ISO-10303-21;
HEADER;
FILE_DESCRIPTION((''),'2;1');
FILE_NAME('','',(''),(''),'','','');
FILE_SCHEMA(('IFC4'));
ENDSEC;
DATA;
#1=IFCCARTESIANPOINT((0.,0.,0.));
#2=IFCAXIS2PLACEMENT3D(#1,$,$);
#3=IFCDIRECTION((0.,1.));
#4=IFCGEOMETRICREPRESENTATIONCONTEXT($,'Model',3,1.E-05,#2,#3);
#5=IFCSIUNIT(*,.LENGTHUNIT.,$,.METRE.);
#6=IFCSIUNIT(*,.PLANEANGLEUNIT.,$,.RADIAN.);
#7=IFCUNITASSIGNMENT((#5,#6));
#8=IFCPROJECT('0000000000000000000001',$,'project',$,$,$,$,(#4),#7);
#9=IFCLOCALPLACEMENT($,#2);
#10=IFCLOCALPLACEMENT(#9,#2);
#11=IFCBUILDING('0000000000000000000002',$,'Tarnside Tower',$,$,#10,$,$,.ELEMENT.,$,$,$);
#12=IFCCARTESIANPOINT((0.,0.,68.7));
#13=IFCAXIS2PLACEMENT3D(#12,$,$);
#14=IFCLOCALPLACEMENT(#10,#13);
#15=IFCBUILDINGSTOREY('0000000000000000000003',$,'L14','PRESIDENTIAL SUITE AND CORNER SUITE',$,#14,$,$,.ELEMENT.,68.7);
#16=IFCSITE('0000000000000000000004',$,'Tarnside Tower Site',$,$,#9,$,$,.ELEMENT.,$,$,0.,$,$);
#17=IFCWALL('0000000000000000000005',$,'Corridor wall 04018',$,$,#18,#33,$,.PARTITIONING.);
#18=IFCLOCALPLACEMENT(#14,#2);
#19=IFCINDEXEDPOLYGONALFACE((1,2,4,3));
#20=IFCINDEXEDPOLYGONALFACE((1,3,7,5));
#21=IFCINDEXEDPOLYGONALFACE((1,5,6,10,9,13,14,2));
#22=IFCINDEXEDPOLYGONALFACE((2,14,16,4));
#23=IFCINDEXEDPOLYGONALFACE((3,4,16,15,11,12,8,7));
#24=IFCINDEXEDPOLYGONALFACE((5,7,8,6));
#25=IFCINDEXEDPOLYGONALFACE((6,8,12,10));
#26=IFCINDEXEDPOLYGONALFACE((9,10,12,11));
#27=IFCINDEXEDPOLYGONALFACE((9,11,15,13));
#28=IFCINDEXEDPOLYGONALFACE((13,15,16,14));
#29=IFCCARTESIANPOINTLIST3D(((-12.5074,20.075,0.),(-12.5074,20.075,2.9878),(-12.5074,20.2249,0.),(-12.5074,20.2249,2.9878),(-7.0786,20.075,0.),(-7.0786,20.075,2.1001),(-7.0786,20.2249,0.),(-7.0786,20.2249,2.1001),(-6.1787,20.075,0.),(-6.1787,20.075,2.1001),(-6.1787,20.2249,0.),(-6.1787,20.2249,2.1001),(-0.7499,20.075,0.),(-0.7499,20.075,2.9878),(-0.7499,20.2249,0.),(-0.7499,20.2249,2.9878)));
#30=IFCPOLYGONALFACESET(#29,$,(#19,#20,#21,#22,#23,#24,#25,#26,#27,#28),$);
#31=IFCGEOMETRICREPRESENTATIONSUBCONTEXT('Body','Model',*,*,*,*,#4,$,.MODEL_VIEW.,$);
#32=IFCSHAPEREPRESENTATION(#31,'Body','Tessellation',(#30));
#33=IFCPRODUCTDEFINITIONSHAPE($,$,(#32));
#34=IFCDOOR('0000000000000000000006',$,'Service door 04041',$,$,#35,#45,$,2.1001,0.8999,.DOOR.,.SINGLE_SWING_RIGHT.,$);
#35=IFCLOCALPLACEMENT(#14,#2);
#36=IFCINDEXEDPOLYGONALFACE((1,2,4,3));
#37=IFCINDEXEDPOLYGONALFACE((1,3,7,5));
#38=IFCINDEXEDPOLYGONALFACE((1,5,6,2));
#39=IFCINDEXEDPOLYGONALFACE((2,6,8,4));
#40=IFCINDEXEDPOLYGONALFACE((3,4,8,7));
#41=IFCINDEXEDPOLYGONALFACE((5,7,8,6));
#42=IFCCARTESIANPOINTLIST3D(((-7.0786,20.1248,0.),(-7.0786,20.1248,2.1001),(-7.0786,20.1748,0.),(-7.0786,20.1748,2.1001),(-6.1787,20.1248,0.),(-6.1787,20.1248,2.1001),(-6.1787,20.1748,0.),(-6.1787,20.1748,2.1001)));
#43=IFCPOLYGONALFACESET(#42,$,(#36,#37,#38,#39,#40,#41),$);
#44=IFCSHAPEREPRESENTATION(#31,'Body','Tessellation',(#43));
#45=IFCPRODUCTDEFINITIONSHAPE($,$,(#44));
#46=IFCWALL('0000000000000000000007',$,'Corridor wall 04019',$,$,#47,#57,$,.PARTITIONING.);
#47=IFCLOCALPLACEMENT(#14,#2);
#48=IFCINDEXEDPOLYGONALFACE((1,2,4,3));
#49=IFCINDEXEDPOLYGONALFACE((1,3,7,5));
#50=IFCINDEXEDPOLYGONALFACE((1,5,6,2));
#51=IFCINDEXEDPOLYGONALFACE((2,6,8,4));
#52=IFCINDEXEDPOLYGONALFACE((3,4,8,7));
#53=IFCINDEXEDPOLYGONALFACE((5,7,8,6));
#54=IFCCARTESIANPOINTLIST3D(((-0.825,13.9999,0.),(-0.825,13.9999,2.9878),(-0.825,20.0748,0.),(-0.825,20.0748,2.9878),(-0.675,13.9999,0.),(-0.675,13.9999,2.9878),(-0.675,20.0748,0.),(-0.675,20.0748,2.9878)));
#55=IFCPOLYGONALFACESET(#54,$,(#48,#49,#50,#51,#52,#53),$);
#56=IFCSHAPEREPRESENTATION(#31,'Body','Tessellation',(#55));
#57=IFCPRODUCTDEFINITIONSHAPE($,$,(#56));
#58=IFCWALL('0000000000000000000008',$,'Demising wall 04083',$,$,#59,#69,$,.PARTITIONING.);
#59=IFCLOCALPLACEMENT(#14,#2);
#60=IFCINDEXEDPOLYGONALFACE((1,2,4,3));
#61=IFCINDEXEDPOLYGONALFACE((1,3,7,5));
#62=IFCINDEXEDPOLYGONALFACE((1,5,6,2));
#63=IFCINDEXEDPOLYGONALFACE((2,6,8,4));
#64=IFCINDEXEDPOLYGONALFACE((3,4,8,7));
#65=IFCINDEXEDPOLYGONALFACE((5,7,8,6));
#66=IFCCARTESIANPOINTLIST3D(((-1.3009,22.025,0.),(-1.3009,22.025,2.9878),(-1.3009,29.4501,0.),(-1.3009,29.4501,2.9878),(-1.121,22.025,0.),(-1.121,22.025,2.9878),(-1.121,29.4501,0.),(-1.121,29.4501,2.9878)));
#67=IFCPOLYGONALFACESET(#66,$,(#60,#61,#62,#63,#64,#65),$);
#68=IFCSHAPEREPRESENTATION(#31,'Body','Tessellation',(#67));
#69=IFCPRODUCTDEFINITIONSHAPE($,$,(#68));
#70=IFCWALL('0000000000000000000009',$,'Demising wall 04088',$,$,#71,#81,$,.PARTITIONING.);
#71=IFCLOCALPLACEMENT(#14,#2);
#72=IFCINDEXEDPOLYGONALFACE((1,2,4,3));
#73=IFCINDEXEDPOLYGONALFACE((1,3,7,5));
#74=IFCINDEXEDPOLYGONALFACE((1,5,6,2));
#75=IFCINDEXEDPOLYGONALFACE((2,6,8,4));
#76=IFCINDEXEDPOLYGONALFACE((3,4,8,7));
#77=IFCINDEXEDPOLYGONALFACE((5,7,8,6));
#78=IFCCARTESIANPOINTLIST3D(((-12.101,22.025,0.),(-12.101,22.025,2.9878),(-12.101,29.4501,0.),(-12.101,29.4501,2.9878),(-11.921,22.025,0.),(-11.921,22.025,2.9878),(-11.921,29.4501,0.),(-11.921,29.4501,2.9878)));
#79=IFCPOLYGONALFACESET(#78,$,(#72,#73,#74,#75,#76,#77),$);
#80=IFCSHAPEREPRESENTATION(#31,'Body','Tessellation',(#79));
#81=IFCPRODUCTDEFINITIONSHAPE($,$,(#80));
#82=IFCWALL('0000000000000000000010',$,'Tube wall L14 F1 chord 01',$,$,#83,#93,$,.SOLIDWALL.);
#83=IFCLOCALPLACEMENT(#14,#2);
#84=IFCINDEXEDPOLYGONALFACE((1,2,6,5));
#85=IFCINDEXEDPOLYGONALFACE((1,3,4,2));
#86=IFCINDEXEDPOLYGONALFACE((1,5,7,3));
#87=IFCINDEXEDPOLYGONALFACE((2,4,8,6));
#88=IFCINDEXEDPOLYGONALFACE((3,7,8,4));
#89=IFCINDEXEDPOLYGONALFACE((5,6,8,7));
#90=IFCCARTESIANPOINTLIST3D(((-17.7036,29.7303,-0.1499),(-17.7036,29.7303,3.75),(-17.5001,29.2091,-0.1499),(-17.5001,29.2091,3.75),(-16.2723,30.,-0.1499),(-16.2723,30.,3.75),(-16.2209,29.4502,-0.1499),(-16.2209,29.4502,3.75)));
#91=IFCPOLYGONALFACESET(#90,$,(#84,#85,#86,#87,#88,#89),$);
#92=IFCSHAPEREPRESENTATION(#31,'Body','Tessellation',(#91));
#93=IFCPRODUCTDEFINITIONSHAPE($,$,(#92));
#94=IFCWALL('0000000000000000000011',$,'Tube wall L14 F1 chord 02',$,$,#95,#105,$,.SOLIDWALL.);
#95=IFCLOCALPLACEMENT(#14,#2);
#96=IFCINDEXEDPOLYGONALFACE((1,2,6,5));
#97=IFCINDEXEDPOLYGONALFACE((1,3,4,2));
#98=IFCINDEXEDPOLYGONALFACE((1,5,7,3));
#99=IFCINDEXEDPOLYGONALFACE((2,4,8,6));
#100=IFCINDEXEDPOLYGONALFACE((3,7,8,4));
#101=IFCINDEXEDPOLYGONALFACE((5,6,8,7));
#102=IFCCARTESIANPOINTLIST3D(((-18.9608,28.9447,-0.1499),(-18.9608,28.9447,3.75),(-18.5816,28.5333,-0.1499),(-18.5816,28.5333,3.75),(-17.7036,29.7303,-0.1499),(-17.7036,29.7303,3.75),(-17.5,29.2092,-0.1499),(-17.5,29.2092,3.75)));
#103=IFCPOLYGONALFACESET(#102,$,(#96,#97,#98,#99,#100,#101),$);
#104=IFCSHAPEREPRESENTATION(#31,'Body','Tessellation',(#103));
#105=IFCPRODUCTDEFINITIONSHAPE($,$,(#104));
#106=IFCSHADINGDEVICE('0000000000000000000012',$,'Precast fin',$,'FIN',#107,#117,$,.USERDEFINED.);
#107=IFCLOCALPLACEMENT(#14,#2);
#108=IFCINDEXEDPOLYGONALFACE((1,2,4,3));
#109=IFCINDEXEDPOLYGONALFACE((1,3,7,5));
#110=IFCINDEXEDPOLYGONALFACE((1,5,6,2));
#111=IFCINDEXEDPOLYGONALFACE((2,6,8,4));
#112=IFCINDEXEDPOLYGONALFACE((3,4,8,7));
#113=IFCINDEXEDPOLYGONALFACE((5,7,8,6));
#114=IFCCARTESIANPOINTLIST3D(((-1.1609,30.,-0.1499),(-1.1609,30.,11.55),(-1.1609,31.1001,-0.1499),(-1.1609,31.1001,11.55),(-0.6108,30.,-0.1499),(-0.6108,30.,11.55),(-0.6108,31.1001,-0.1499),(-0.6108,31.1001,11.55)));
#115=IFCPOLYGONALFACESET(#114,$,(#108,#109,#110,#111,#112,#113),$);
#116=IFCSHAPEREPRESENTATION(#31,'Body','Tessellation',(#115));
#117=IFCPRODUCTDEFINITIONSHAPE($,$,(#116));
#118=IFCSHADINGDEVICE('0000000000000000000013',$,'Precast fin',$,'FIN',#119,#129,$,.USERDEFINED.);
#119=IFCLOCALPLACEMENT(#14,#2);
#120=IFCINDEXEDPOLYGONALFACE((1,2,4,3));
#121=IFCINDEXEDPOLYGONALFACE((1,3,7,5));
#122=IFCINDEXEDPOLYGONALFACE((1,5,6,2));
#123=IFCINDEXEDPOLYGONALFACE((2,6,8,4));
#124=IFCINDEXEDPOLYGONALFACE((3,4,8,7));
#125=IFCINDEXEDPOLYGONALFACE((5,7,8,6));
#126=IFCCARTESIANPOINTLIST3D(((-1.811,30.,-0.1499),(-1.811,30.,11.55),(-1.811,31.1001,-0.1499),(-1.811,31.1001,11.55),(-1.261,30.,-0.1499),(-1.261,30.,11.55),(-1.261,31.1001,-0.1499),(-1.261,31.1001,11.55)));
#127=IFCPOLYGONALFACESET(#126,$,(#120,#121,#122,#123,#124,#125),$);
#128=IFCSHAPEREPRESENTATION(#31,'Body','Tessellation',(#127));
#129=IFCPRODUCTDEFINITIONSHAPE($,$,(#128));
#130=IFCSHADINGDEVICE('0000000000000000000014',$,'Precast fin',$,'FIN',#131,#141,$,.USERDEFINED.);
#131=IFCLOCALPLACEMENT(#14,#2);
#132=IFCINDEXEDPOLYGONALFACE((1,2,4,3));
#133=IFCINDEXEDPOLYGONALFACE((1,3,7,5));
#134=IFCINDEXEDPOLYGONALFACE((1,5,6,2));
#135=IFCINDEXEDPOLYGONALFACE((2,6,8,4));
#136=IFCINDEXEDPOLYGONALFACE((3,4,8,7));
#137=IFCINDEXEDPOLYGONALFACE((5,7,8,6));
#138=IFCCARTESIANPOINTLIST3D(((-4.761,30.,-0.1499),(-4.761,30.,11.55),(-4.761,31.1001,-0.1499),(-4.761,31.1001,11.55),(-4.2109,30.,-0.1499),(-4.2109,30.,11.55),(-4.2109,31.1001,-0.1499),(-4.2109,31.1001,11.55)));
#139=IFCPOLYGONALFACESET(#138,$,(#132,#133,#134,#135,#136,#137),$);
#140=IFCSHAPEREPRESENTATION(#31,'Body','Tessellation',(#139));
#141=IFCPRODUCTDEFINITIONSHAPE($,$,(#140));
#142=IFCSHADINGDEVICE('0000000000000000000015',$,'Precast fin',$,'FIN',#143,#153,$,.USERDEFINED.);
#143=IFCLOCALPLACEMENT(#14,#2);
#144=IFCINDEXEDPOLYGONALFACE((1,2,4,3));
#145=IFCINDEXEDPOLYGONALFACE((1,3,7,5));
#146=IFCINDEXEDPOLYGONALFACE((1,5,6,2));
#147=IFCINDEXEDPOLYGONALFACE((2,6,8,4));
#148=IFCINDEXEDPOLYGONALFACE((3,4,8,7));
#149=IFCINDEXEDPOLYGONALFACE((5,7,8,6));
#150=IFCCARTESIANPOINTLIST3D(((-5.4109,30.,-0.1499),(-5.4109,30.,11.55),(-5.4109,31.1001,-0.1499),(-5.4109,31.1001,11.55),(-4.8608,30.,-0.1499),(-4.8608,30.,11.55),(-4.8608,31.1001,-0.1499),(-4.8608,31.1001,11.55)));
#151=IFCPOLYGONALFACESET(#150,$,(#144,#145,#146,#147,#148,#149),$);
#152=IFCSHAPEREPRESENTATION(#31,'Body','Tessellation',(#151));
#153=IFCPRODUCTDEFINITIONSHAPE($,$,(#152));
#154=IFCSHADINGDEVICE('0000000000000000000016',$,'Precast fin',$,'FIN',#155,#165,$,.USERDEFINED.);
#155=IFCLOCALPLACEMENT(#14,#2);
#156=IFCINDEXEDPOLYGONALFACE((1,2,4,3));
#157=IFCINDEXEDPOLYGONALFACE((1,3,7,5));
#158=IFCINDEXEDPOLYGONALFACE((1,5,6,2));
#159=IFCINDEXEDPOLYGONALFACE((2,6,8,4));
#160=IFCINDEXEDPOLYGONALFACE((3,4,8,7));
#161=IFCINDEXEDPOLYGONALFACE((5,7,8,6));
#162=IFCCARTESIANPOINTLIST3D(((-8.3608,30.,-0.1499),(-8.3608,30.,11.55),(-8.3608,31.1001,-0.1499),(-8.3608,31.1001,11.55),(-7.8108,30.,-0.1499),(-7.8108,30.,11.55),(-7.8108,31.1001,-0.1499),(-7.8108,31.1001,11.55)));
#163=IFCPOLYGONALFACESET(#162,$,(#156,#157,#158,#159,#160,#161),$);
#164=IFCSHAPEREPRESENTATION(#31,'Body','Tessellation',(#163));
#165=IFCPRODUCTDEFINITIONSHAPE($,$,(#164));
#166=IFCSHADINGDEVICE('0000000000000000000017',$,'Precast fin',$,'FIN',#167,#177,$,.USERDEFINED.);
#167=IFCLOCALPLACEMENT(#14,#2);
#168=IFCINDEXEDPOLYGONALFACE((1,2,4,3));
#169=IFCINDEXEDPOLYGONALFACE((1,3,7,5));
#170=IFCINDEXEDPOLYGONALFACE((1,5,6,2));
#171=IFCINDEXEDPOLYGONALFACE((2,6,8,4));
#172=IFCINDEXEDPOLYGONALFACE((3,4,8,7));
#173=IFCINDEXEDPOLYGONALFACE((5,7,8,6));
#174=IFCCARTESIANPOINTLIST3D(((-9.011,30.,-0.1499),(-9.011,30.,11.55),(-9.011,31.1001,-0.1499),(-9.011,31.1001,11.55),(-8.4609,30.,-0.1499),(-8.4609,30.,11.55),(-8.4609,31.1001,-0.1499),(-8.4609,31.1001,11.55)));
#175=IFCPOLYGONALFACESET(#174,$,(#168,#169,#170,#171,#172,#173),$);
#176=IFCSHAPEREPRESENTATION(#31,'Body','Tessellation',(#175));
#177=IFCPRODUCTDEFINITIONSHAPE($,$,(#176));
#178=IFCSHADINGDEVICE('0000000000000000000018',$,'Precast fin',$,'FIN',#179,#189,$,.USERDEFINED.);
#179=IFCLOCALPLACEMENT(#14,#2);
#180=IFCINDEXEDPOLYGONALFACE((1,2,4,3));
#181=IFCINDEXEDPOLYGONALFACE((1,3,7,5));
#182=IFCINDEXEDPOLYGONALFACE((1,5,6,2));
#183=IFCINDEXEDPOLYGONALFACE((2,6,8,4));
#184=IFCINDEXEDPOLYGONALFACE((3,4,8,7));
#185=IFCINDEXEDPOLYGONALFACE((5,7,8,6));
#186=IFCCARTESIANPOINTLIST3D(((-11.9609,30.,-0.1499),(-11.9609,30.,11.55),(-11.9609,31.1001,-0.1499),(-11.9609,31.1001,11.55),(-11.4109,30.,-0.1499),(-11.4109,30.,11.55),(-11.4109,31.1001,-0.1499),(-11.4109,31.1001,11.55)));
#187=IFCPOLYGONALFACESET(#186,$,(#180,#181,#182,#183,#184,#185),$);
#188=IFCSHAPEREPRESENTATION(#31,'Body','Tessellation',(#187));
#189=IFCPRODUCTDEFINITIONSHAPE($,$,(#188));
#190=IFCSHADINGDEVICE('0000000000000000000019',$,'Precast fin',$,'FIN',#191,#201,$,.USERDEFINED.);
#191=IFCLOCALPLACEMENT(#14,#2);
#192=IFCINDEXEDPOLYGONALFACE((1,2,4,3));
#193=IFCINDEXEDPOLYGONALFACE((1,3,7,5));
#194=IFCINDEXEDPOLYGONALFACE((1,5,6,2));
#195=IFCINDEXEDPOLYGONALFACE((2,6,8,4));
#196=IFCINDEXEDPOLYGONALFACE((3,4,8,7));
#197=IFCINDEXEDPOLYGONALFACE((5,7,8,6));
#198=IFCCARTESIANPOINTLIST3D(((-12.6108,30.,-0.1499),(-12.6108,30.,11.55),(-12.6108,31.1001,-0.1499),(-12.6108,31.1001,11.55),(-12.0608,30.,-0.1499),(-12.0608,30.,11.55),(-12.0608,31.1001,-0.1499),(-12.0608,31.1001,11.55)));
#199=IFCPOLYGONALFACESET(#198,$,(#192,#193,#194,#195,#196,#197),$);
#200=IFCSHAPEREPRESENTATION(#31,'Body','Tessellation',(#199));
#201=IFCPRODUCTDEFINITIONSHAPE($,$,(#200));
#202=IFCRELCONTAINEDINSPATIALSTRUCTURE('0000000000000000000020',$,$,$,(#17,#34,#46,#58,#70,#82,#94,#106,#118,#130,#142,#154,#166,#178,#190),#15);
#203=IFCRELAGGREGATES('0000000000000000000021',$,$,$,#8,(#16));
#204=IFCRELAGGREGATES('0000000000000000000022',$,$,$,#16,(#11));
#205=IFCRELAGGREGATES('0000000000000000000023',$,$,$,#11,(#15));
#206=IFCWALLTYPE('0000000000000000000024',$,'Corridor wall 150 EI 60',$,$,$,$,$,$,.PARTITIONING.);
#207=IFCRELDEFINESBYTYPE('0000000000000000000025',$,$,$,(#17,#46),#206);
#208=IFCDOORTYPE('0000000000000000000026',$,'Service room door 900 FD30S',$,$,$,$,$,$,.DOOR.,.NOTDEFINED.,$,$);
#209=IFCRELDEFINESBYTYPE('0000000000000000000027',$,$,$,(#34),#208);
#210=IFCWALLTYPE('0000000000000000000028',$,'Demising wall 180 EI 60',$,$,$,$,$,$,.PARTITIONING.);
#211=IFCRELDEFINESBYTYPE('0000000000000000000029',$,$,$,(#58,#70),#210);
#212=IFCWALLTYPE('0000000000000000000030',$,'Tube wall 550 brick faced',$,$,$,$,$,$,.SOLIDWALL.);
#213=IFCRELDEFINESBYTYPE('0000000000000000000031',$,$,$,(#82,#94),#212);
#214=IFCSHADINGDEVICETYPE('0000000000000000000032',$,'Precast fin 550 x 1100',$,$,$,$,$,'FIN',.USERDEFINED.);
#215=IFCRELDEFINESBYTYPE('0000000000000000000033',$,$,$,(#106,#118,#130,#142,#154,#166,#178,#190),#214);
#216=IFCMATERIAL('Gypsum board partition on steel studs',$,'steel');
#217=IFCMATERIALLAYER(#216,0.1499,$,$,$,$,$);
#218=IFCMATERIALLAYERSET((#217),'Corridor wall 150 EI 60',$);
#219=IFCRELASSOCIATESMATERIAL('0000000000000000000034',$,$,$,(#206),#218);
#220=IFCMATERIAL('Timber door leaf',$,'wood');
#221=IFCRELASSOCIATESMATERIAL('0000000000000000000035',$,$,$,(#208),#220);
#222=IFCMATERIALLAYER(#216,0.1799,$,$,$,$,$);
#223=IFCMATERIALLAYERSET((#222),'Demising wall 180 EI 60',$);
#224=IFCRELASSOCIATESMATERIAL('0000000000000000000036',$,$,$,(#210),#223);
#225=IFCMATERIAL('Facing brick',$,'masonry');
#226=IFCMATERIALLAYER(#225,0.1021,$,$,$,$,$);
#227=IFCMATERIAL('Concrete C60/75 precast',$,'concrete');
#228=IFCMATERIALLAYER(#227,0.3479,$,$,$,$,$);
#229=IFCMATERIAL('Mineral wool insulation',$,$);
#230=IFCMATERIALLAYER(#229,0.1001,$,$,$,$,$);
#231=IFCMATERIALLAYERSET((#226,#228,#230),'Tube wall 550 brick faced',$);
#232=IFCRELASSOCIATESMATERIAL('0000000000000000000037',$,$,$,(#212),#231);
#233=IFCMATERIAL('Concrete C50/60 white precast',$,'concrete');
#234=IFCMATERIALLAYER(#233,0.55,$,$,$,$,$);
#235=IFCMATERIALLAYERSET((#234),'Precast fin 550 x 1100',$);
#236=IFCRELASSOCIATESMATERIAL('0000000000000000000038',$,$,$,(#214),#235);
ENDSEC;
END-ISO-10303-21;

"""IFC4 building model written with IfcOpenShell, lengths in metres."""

from ifc_helpers import new_model, si_unit, direction, frame, frame_2d, origin, place, context, subcontext, project, spatial, polyline, rectangle, outline, extrude, material, layer, layer_set, type_object, element, fill, save


model = new_model("IFC4")

# Units and contexts
model_context = context("Model", 3, precision=1e-05, world=origin(), true_north=direction((0.0, 1.0)))
body_context = subcontext(model_context, "Body", "Model", "MODEL_VIEW")
ifc_project = project(units=[si_unit("LENGTHUNIT", "METRE"), si_unit("PLANEANGLEUNIT", "RADIAN")], contexts=[model_context])

# Site, building, storey
site_placement = place(None, origin())
site = spatial("IfcSite", under=ifc_project, at=site_placement, Name="Tarnside Tower Site", CompositionType="ELEMENT", RefElevation=0.0)
building_placement = place(site_placement, origin())
building = spatial("IfcBuilding", under=site, at=building_placement, Name="Tarnside Tower", CompositionType="ELEMENT")
storey_placement = place(building_placement, frame((0.0, 0.0, 68.7)))
storey = spatial("IfcBuildingStorey", under=building, at=storey_placement, Name="L14", Description="PRESIDENTIAL SUITE AND CORNER SUITE", CompositionType="ELEMENT", Elevation=68.7)

# Shared definitions
ifc_material_1 = material(Name="Gypsum board partition on steel studs", Category="steel")

# Shared definitions
ifc_material_2 = material(Name="Timber door leaf", Category="wood")

# Shared definitions
ifc_layer_1 = layer(ifc_material_1, 0.1499)
ifc_layer_set_1 = layer_set([ifc_layer_1], Name="Corridor wall 150 EI 60")
wall_type_1 = type_object("IfcWallType", Name="Corridor wall 150 EI 60", PredefinedType="PARTITIONING", material=ifc_layer_set_1)

# Wall, opening, door
wall_1_placement = place(storey_placement, frame((-12.5076, 20.1499, 0.0), z_axis=(0.0, 0.0, 1.0), x_axis=(1.0, 0.0, 0.0)))
wall_1 = element("IfcWall", 1, at=wall_1_placement, inside=storey, type_object=wall_type_1, Name="Corridor wall 04018", PredefinedType="PARTITIONING", context=body_context, shape_type="SweptSolid", body=[
    extrude(rectangle(XDim=11.7576, YDim=0.1499, at=frame_2d((5.8789, 0.0))), origin(), (0.0, 0.0, 1.0), 2.9878),
])
opening_1_placement = place(wall_1_placement, frame((5.429, 0.0, 0.0)))
opening_1 = element("IfcOpeningElement", 2, at=opening_1_placement, cuts=wall_1, PredefinedType="OPENING", context=body_context, shape_type="SweptSolid", body=[
    extrude(rectangle(XDim=0.8999, YDim=2.1001, at=frame_2d((0.45, 1.05))), frame((0.0, 0.085, 0.0), z_axis=(0.0, -1.0, 0.0), x_axis=(1.0, 0.0, 0.0)), (0.0, 0.0, 1.0), 0.1699),
])
door_type_1 = type_object("IfcDoorType", Name="Service room door 900 FD30S", OperationType="NOTDEFINED", PredefinedType="DOOR", material=ifc_material_2)
door_1_placement = place(opening_1_placement, origin())
door_1 = element("IfcDoor", 3, at=door_1_placement, inside=storey, type_object=door_type_1, Name="Service door 04041", OperationType="SINGLE_SWING_RIGHT", OverallHeight=2.1001, OverallWidth=0.8999, PredefinedType="DOOR", context=body_context, shape_type="SweptSolid", body=[
    extrude(rectangle(XDim=0.8999, YDim=2.1001, at=frame_2d((0.45, 1.05))), frame((0.0, 0.0249, 0.0), z_axis=(0.0, -1.0, 0.0), x_axis=(1.0, 0.0, 0.0)), (0.0, 0.0, 1.0), 0.05),
])
fill(opening_1, door_1)

# Walls
wall_2_placement = place(storey_placement, frame((-0.75, 20.075, 0.0), z_axis=(0.0, 0.0, 1.0), x_axis=(0.0, -1.0, 0.0)))
element("IfcWall", 4, at=wall_2_placement, inside=storey, type_object=wall_type_1, Name="Corridor wall 04019", PredefinedType="PARTITIONING", context=body_context, shape_type="SweptSolid", body=[
    extrude(rectangle(XDim=6.075, YDim=0.1499, at=frame_2d((3.0376, 0.0))), origin(), (0.0, 0.0, 1.0), 2.9878),
])
ifc_layer_2 = layer(ifc_material_1, 0.1799)
ifc_layer_set_2 = layer_set([ifc_layer_2], Name="Demising wall 180 EI 60")
wall_type_2 = type_object("IfcWallType", Name="Demising wall 180 EI 60", PredefinedType="PARTITIONING", material=ifc_layer_set_2)
for number, where, z_axis, x_axis, name in (
    (5, (-1.2109, 29.45, 0.0), (0.0, 0.0, 1.0), (0.0, -1.0, 0.0), "Demising wall 04083"),
    (6, (-12.011, 29.45, 0.0), (0.0, 0.0, 1.0), (0.0, -1.0, 0.0), "Demising wall 04088"),
):
    element("IfcWall", number, at=place(storey_placement, frame(where, z_axis=z_axis, x_axis=x_axis)), inside=storey, type_object=wall_type_2, Name=name, PredefinedType="PARTITIONING", context=body_context, shape_type="SweptSolid", body=[
        extrude(rectangle(XDim=7.425, YDim=0.1799, at=frame_2d((3.7124, 0.0))), origin(), (0.0, 0.0, 1.0), 2.9878),
    ])
ifc_material_3 = material(Name="Facing brick", Category="masonry")
ifc_layer_3 = layer(ifc_material_3, 0.1021)
ifc_material_4 = material(Name="Concrete C60/75 precast", Category="concrete")
ifc_layer_4 = layer(ifc_material_4, 0.3479)
ifc_material_5 = material(Name="Mineral wool insulation")
ifc_layer_5 = layer(ifc_material_5, 0.1001)
ifc_layer_set_3 = layer_set([ifc_layer_3, ifc_layer_4, ifc_layer_5], Name="Tube wall 550 brick faced")
wall_type_3 = type_object("IfcWallType", Name="Tube wall 550 brick faced", PredefinedType="SOLIDWALL", material=ifc_layer_set_3)
wall_3_placement = place(storey_placement, frame((-16.2466, 29.7251, -0.1499), z_axis=(0.0, 0.0, 1.0), x_axis=(-0.982705, -0.185176, 0.0)))
element("IfcWall", 7, at=wall_3_placement, inside=storey, type_object=wall_type_3, Name="Tube wall L14 F1 chord 01", PredefinedType="SOLIDWALL", context=body_context, shape_type="SweptSolid", body=[
    extrude(outline(polyline([(-0.0256, -0.2749), (1.4309, -0.2749), (1.3274, 0.2749), (0.0256, 0.2749), (-0.0256, -0.2749)])), origin(), (0.0, 0.0, 1.0), 3.8999),
])
wall_4_placement = place(storey_placement, frame((-17.6018, 29.4697, -0.1499), z_axis=(0.0, 0.0, 1.0), x_axis=(-0.848058, -0.529903, 0.0)))
element("IfcWall", 8, at=wall_4_placement, inside=storey, type_object=wall_type_3, Name="Tube wall L14 F1 chord 02", PredefinedType="SOLIDWALL", context=body_context, shape_type="SweptSolid", body=[
    extrude(outline(polyline([(-0.0518, -0.2749), (1.4307, -0.2749), (1.3271, 0.2749), (0.0518, 0.2749), (-0.0518, -0.2749)])), origin(), (0.0, 0.0, 1.0), 3.8999),
])

# Shading devices
ifc_material_6 = material(Name="Concrete C50/60 white precast", Category="concrete")
ifc_layer_6 = layer(ifc_material_6, 0.55)
ifc_layer_set_4 = layer_set([ifc_layer_6], Name="Precast fin 550 x 1100")
shading_device_type_1 = type_object("IfcShadingDeviceType", Name="Precast fin 550 x 1100", ElementType="FIN", PredefinedType="USERDEFINED", material=ifc_layer_set_4)
for number, where, z_axis, x_axis, name in (
    (9, (-0.886, 30.0, -0.1499), (1.0, 0.0, 0.0), (0.0, 1.0, 0.0), "Precast fin"),
    (10, (-1.5361, 30.0, -0.1499), (1.0, 0.0, 0.0), (0.0, 1.0, 0.0), "Precast fin"),
    (11, (-4.4861, 30.0, -0.1499), (1.0, 0.0, 0.0), (0.0, 1.0, 0.0), "Precast fin"),
    (12, (-5.136, 30.0, -0.1499), (1.0, 0.0, 0.0), (0.0, 1.0, 0.0), "Precast fin"),
    (13, (-8.0859, 30.0, -0.1499), (1.0, 0.0, 0.0), (0.0, 1.0, 0.0), "Precast fin"),
    (14, (-8.7361, 30.0, -0.1499), (1.0, 0.0, 0.0), (0.0, 1.0, 0.0), "Precast fin"),
    (15, (-11.686, 30.0, -0.1499), (1.0, 0.0, 0.0), (0.0, 1.0, 0.0), "Precast fin"),
    (16, (-12.3359, 30.0, -0.1499), (1.0, 0.0, 0.0), (0.0, 1.0, 0.0), "Precast fin"),
):
    element("IfcShadingDevice", number, at=place(storey_placement, frame(where, z_axis=z_axis, x_axis=x_axis)), inside=storey, type_object=shading_device_type_1, Name=name, ObjectType="FIN", PredefinedType="USERDEFINED", context=body_context, shape_type="SweptSolid", body=[
        extrude(outline(polyline([(0.0, 0.0), (1.1001, 0.0), (1.1001, 11.7), (0.0, 11.7), (0.0, 0.0)])), frame((0.0, 0.0, -0.2749)), (0.0, 0.0, 1.0), 0.55),
    ])

save(model, "model.ifc")
